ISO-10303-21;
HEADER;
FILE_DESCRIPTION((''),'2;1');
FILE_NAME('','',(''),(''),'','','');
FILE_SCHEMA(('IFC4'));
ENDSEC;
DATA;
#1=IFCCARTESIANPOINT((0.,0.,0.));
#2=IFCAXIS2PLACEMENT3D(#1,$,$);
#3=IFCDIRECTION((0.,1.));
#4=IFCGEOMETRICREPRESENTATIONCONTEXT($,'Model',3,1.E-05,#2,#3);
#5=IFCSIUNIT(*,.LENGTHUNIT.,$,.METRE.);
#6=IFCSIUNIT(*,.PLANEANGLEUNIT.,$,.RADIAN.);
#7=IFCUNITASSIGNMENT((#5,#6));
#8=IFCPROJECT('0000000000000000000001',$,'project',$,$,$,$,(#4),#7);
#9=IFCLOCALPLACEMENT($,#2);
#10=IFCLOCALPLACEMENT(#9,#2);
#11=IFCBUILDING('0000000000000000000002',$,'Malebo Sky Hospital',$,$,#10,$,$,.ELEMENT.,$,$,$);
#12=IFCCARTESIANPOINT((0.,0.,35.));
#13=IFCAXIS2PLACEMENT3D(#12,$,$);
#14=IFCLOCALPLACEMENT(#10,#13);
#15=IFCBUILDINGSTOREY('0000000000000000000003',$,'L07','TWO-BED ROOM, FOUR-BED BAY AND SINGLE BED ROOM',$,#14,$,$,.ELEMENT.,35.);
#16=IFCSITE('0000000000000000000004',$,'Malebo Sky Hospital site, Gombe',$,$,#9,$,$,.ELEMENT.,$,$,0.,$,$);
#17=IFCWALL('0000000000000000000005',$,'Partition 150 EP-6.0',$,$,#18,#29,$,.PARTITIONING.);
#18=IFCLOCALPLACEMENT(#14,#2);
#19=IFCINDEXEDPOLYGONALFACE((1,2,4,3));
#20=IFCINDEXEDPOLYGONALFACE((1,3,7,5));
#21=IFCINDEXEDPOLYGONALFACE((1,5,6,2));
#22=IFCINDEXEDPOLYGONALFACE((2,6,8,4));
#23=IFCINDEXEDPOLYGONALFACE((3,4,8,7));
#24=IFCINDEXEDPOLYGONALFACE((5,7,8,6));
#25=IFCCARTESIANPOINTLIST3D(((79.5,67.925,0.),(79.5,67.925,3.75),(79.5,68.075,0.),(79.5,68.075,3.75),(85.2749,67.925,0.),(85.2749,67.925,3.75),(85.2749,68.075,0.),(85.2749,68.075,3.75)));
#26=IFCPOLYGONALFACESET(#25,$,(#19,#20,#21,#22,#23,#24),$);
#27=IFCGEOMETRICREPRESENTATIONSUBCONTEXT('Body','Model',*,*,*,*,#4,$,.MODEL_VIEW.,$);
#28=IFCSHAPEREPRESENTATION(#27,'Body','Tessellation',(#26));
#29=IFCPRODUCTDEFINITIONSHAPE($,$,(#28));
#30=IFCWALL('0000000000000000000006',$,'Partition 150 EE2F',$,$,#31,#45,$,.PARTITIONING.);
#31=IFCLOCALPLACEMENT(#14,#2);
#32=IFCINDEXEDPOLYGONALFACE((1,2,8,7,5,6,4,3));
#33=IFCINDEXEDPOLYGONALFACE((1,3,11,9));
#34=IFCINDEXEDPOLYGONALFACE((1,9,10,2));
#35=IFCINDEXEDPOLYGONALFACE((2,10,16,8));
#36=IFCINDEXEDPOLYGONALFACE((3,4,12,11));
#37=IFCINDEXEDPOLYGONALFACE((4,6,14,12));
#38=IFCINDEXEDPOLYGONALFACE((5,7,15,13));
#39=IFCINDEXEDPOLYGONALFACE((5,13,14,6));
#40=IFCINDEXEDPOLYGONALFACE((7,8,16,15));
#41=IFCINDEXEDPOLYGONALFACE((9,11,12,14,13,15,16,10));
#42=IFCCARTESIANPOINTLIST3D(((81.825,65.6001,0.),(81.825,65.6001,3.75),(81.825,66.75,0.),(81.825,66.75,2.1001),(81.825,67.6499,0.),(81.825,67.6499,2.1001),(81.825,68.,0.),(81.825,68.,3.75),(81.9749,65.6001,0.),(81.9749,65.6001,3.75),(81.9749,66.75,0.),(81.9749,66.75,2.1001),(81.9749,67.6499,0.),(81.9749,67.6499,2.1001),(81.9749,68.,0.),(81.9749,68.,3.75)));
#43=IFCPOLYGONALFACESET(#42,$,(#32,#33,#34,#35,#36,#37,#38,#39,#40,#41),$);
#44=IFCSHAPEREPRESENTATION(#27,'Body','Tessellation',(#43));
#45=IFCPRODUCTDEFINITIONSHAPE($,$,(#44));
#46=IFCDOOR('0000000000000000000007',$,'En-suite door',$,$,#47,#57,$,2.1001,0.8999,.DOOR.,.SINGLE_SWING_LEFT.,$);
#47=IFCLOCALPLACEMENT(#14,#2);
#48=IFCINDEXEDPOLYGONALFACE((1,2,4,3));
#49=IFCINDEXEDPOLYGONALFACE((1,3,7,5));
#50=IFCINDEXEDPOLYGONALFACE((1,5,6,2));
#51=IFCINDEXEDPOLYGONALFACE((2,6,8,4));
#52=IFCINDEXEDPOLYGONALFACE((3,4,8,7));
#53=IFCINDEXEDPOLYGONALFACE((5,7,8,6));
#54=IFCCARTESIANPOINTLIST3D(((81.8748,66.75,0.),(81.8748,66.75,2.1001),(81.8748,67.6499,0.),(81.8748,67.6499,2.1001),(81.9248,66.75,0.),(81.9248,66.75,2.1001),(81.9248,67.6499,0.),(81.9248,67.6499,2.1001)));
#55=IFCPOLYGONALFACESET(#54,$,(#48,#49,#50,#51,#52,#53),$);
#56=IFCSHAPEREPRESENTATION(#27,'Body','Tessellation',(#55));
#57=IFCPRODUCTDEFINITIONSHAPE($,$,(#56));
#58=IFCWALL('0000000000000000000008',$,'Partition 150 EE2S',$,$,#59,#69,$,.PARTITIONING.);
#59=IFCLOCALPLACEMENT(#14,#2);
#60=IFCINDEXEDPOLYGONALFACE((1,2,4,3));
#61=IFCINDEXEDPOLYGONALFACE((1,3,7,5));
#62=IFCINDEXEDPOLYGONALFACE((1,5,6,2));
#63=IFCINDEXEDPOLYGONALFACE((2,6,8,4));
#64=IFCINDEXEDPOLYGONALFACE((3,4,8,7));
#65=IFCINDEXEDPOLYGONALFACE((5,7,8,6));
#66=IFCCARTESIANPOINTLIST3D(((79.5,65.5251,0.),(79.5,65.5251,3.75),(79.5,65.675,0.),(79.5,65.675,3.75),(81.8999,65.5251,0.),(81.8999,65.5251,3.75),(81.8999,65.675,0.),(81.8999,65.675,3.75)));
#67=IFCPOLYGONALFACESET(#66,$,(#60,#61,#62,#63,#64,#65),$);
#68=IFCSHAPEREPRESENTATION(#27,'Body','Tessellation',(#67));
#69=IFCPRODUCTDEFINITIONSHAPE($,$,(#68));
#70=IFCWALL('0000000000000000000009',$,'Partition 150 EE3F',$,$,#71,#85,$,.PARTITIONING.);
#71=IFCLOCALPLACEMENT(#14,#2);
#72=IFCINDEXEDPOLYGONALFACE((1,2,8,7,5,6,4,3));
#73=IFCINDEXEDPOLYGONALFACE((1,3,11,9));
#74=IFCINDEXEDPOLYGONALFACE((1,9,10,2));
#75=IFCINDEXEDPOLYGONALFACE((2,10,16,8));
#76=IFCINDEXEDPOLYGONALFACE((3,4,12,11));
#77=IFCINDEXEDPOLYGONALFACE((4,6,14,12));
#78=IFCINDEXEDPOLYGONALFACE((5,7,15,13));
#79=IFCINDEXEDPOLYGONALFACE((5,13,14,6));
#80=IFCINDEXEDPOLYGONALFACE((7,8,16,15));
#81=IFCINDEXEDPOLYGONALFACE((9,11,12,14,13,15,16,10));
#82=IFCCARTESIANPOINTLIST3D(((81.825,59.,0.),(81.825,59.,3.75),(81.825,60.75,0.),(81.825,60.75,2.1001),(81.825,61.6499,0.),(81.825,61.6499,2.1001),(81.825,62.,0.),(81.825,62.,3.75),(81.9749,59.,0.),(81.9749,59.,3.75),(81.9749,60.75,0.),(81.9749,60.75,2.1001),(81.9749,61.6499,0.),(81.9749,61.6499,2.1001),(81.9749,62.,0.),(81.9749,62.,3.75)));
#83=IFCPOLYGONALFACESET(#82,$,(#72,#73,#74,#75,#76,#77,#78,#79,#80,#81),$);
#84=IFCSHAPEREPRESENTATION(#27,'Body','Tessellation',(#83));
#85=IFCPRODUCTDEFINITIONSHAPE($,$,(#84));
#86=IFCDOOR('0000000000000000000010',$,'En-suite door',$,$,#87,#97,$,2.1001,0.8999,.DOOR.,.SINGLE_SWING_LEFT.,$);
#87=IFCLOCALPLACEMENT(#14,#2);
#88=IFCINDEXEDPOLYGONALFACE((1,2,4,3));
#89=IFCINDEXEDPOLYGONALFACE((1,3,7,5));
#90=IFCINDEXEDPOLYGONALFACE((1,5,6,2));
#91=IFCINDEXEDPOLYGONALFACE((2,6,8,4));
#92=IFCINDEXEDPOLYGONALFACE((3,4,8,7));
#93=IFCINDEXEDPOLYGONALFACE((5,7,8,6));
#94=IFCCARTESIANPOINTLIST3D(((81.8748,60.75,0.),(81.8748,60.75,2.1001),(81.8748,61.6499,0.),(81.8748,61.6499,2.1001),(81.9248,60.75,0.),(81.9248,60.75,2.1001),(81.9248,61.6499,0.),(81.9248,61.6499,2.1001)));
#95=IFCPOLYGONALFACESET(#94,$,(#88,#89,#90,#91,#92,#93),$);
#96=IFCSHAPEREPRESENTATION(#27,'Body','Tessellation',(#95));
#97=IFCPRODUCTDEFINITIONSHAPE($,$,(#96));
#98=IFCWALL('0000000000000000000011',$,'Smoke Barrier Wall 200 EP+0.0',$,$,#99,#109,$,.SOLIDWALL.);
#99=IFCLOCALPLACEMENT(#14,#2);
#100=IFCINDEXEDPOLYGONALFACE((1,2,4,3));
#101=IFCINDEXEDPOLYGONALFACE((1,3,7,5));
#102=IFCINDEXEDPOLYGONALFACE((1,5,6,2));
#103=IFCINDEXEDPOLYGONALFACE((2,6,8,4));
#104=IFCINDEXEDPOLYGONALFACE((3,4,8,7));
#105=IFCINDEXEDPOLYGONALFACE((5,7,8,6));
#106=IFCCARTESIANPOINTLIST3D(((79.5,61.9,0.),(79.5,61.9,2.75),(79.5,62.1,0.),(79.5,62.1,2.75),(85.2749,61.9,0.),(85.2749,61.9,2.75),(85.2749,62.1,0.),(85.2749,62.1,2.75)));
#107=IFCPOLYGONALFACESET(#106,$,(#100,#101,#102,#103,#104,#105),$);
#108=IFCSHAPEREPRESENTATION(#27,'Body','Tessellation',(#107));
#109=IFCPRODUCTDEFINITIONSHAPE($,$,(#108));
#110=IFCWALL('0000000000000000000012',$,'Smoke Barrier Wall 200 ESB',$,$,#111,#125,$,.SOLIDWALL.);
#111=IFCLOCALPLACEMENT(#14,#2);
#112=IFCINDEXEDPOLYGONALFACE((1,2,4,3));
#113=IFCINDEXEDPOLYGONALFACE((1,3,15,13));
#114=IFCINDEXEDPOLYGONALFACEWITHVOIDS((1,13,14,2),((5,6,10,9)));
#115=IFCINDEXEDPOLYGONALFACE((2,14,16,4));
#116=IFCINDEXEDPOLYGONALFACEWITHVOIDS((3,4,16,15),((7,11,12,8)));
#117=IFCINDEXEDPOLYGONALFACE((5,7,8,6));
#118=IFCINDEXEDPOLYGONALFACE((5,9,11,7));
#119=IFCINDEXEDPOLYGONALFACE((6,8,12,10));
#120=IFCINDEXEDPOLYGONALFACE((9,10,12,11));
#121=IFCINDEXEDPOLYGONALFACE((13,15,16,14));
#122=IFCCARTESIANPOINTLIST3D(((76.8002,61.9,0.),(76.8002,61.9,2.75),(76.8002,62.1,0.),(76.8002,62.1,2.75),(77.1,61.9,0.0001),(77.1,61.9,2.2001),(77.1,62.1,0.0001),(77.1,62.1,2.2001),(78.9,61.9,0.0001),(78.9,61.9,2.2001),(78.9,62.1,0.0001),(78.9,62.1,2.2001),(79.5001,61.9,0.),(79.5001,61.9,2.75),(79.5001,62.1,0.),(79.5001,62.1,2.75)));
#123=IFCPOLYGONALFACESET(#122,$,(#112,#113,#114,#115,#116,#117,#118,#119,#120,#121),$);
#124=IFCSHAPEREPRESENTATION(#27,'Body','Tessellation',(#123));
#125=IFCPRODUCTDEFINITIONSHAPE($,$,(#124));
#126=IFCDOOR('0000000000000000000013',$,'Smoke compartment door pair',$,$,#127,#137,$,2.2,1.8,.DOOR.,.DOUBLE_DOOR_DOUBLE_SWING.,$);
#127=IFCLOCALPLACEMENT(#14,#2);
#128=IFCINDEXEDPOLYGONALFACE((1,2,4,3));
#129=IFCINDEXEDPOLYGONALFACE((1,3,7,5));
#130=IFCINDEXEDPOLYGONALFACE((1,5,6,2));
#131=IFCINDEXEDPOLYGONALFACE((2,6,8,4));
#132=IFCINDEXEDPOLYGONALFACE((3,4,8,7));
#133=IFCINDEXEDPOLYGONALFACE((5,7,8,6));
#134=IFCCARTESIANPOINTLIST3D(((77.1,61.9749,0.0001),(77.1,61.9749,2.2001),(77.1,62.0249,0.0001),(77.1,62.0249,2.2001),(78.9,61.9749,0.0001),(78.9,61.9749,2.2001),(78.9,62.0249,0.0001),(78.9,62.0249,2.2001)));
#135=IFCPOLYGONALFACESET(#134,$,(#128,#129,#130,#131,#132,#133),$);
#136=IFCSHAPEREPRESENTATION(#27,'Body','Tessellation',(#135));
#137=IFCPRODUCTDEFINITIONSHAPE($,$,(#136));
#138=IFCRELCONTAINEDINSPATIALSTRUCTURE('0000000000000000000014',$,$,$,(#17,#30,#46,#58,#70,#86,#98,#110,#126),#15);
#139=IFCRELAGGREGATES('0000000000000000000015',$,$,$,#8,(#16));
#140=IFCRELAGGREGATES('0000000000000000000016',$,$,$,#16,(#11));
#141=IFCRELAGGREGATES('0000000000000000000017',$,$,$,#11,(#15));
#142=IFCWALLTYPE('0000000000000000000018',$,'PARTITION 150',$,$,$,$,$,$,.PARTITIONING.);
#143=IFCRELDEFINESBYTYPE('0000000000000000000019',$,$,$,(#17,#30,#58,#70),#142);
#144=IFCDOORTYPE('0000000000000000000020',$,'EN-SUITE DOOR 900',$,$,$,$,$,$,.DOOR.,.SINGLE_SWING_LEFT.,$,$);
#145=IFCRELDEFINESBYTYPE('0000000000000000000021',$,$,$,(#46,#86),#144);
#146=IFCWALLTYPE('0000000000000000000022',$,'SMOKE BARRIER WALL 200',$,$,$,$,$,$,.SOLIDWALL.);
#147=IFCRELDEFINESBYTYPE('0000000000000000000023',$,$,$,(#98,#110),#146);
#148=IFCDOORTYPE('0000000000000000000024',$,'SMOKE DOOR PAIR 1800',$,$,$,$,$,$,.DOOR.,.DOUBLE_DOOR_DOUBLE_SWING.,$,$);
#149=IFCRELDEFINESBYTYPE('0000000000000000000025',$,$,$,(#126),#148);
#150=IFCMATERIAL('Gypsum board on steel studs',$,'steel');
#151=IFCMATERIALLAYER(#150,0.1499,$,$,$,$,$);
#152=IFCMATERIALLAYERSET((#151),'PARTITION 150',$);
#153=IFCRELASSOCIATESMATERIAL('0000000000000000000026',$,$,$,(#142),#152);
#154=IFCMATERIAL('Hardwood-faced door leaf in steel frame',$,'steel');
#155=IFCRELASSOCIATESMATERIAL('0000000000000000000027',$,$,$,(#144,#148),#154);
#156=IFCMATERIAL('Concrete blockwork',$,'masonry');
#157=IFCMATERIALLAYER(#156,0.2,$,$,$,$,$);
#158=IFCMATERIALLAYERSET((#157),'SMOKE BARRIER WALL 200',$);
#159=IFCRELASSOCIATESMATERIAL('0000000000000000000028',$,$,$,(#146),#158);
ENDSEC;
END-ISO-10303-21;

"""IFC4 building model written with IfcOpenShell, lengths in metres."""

from ifc_helpers import new_model, si_unit, direction, frame, frame_2d, origin, place, context, subcontext, project, spatial, rectangle, extrude, material, layer, layer_set, type_object, element, fill, save


model = new_model("IFC4")

# Units and contexts
model_context = context("Model", 3, precision=1e-05, world=origin(), true_north=direction((0.0, 1.0)))
body_context = subcontext(model_context, "Body", "Model", "MODEL_VIEW")
ifc_project = project(units=[si_unit("LENGTHUNIT", "METRE"), si_unit("PLANEANGLEUNIT", "RADIAN")], contexts=[model_context])

# Site, building, storey
site_placement = place(None, origin())
site = spatial("IfcSite", under=ifc_project, at=site_placement, Name="Malebo Sky Hospital site, Gombe", CompositionType="ELEMENT", RefElevation=0.0)
building_placement = place(site_placement, origin())
building = spatial("IfcBuilding", under=site, at=building_placement, Name="Malebo Sky Hospital", CompositionType="ELEMENT")
storey_placement = place(building_placement, frame((0.0, 0.0, 35.0)))
storey = spatial("IfcBuildingStorey", under=building, at=storey_placement, Name="L07", Description="TWO-BED ROOM, FOUR-BED BAY AND SINGLE BED ROOM", CompositionType="ELEMENT", Elevation=35.0)

# Shared definitions
ifc_material_1 = material(Name="Gypsum board on steel studs", Category="steel")
ifc_material_2 = material(Name="Hardwood-faced door leaf in steel frame", Category="steel")

# Wall
ifc_layer_1 = layer(ifc_material_1, 0.1499)
ifc_layer_set_1 = layer_set([ifc_layer_1], Name="PARTITION 150")
wall_type_1 = type_object("IfcWallType", Name="PARTITION 150", PredefinedType="PARTITIONING", material=ifc_layer_set_1)
wall_1_placement = place(storey_placement, frame((79.5, 68.0, 0.0), z_axis=(0.0, 0.0, 1.0), x_axis=(1.0, 0.0, 0.0)))
element("IfcWall", 1, at=wall_1_placement, inside=storey, type_object=wall_type_1, Name="Partition 150 EP-6.0", PredefinedType="PARTITIONING", context=body_context, shape_type="SweptSolid", body=[
    extrude(rectangle(XDim=5.7749, YDim=0.1499, at=frame_2d((2.8875, 0.0))), origin(), (0.0, 0.0, 1.0), 3.75),
])

# Wall, opening, door
wall_2_placement = place(storey_placement, frame((81.8999, 68.0, 0.0), z_axis=(0.0, 0.0, 1.0), x_axis=(0.0, -1.0, 0.0)))
wall_2 = element("IfcWall", 2, at=wall_2_placement, inside=storey, type_object=wall_type_1, Name="Partition 150 EE2F", PredefinedType="PARTITIONING", context=body_context, shape_type="SweptSolid", body=[
    extrude(rectangle(XDim=2.3999, YDim=0.1499, at=frame_2d((1.2, 0.0))), origin(), (0.0, 0.0, 1.0), 3.75),
])
opening_1_placement = place(wall_2_placement, frame((0.3501, 0.0, 0.0)))
opening_1 = element("IfcOpeningElement", 3, at=opening_1_placement, cuts=wall_2, PredefinedType="OPENING", context=body_context, shape_type="SweptSolid", body=[
    extrude(rectangle(XDim=0.8999, YDim=2.1001, at=frame_2d((0.45, 1.05))), frame((0.0, 0.085, 0.0), z_axis=(0.0, -1.0, 0.0), x_axis=(1.0, 0.0, 0.0)), (0.0, 0.0, 1.0), 0.1699),
])
door_type_1 = type_object("IfcDoorType", Name="EN-SUITE DOOR 900", OperationType="SINGLE_SWING_LEFT", PredefinedType="DOOR", material=ifc_material_2)
door_1_placement = place(opening_1_placement, origin())
door_1 = element("IfcDoor", 4, at=door_1_placement, inside=storey, type_object=door_type_1, Name="En-suite door", OperationType="SINGLE_SWING_LEFT", OverallHeight=2.1001, OverallWidth=0.8999, PredefinedType="DOOR", context=body_context, shape_type="SweptSolid", body=[
    extrude(rectangle(XDim=0.8999, YDim=2.1001, at=frame_2d((0.45, 1.05))), frame((0.0, 0.0249, 0.0), z_axis=(0.0, -1.0, 0.0), x_axis=(1.0, 0.0, 0.0)), (0.0, 0.0, 1.0), 0.05),
])
fill(opening_1, door_1)

# Wall
wall_3_placement = place(storey_placement, frame((79.5, 65.6001, 0.0), z_axis=(0.0, 0.0, 1.0), x_axis=(1.0, 0.0, 0.0)))
element("IfcWall", 5, at=wall_3_placement, inside=storey, type_object=wall_type_1, Name="Partition 150 EE2S", PredefinedType="PARTITIONING", context=body_context, shape_type="SweptSolid", body=[
    extrude(rectangle(XDim=2.3999, YDim=0.1499, at=frame_2d((1.2, 0.0))), origin(), (0.0, 0.0, 1.0), 3.75),
])

# Wall, opening, door
wall_4_placement = place(storey_placement, frame((81.8999, 62.0, 0.0), z_axis=(0.0, 0.0, 1.0), x_axis=(0.0, -1.0, 0.0)))
wall_4 = element("IfcWall", 6, at=wall_4_placement, inside=storey, type_object=wall_type_1, Name="Partition 150 EE3F", PredefinedType="PARTITIONING", context=body_context, shape_type="SweptSolid", body=[
    extrude(rectangle(XDim=3.0, YDim=0.1499, at=frame_2d((1.5, 0.0))), origin(), (0.0, 0.0, 1.0), 3.75),
])
opening_2_placement = place(wall_4_placement, frame((0.3501, 0.0, 0.0)))
opening_2 = element("IfcOpeningElement", 7, at=opening_2_placement, cuts=wall_4, PredefinedType="OPENING", context=body_context, shape_type="SweptSolid", body=[
    extrude(rectangle(XDim=0.8999, YDim=2.1001, at=frame_2d((0.45, 1.05))), frame((0.0, 0.085, 0.0), z_axis=(0.0, -1.0, 0.0), x_axis=(1.0, 0.0, 0.0)), (0.0, 0.0, 1.0), 0.1699),
])
door_2_placement = place(opening_2_placement, origin())
door_2 = element("IfcDoor", 8, at=door_2_placement, inside=storey, type_object=door_type_1, Name="En-suite door", OperationType="SINGLE_SWING_LEFT", OverallHeight=2.1001, OverallWidth=0.8999, PredefinedType="DOOR", context=body_context, shape_type="SweptSolid", body=[
    extrude(rectangle(XDim=0.8999, YDim=2.1001, at=frame_2d((0.45, 1.05))), frame((0.0, 0.0249, 0.0), z_axis=(0.0, -1.0, 0.0), x_axis=(1.0, 0.0, 0.0)), (0.0, 0.0, 1.0), 0.05),
])
fill(opening_2, door_2)

# Wall
ifc_material_3 = material(Name="Concrete blockwork", Category="masonry")
ifc_layer_2 = layer(ifc_material_3, 0.2)
ifc_layer_set_2 = layer_set([ifc_layer_2], Name="SMOKE BARRIER WALL 200")
wall_type_2 = type_object("IfcWallType", Name="SMOKE BARRIER WALL 200", PredefinedType="SOLIDWALL", material=ifc_layer_set_2)
wall_5_placement = place(storey_placement, frame((79.5, 62.0, 0.0), z_axis=(0.0, 0.0, 1.0), x_axis=(1.0, 0.0, 0.0)))
element("IfcWall", 9, at=wall_5_placement, inside=storey, type_object=wall_type_2, Name="Smoke Barrier Wall 200 EP+0.0", PredefinedType="SOLIDWALL", context=body_context, shape_type="SweptSolid", body=[
    extrude(rectangle(XDim=5.7749, YDim=0.2, at=frame_2d((2.8875, 0.0))), origin(), (0.0, 0.0, 1.0), 2.75),
])

# Wall, opening, door
wall_6_placement = place(storey_placement, frame((76.8, 62.0, 0.0), z_axis=(0.0, 0.0, 1.0), x_axis=(1.0, 0.0, 0.0)))
wall_6 = element("IfcWall", 10, at=wall_6_placement, inside=storey, type_object=wall_type_2, Name="Smoke Barrier Wall 200 ESB", PredefinedType="SOLIDWALL", context=body_context, shape_type="SweptSolid", body=[
    extrude(rectangle(XDim=2.7, YDim=0.2, at=frame_2d((1.3501, 0.0))), origin(), (0.0, 0.0, 1.0), 2.75),
])
opening_3_placement = place(wall_6_placement, frame((0.3, 0.0, 0.0)))
opening_3 = element("IfcOpeningElement", 11, at=opening_3_placement, cuts=wall_6, PredefinedType="OPENING", context=body_context, shape_type="SweptSolid", body=[
    extrude(rectangle(XDim=1.8, YDim=2.2, at=frame_2d((0.8999, 1.1001))), frame((0.0, 0.1099, 0.0), z_axis=(0.0, -1.0, 0.0), x_axis=(1.0, 0.0, 0.0)), (0.0, 0.0, 1.0), 0.22),
])
door_type_2 = type_object("IfcDoorType", Name="SMOKE DOOR PAIR 1800", OperationType="DOUBLE_DOOR_DOUBLE_SWING", PredefinedType="DOOR", material=ifc_material_2)
door_3_placement = place(opening_3_placement, origin())
door_3 = element("IfcDoor", 12, at=door_3_placement, inside=storey, type_object=door_type_2, Name="Smoke compartment door pair", OperationType="DOUBLE_DOOR_DOUBLE_SWING", OverallHeight=2.2, OverallWidth=1.8, PredefinedType="DOOR", context=body_context, shape_type="SweptSolid", body=[
    extrude(rectangle(XDim=1.8, YDim=2.2, at=frame_2d((0.8999, 1.1001))), frame((0.0, 0.0249, 0.0), z_axis=(0.0, -1.0, 0.0), x_axis=(1.0, 0.0, 0.0)), (0.0, 0.0, 1.0), 0.05),
])
fill(opening_3, door_3)

save(model, "model.ifc")
